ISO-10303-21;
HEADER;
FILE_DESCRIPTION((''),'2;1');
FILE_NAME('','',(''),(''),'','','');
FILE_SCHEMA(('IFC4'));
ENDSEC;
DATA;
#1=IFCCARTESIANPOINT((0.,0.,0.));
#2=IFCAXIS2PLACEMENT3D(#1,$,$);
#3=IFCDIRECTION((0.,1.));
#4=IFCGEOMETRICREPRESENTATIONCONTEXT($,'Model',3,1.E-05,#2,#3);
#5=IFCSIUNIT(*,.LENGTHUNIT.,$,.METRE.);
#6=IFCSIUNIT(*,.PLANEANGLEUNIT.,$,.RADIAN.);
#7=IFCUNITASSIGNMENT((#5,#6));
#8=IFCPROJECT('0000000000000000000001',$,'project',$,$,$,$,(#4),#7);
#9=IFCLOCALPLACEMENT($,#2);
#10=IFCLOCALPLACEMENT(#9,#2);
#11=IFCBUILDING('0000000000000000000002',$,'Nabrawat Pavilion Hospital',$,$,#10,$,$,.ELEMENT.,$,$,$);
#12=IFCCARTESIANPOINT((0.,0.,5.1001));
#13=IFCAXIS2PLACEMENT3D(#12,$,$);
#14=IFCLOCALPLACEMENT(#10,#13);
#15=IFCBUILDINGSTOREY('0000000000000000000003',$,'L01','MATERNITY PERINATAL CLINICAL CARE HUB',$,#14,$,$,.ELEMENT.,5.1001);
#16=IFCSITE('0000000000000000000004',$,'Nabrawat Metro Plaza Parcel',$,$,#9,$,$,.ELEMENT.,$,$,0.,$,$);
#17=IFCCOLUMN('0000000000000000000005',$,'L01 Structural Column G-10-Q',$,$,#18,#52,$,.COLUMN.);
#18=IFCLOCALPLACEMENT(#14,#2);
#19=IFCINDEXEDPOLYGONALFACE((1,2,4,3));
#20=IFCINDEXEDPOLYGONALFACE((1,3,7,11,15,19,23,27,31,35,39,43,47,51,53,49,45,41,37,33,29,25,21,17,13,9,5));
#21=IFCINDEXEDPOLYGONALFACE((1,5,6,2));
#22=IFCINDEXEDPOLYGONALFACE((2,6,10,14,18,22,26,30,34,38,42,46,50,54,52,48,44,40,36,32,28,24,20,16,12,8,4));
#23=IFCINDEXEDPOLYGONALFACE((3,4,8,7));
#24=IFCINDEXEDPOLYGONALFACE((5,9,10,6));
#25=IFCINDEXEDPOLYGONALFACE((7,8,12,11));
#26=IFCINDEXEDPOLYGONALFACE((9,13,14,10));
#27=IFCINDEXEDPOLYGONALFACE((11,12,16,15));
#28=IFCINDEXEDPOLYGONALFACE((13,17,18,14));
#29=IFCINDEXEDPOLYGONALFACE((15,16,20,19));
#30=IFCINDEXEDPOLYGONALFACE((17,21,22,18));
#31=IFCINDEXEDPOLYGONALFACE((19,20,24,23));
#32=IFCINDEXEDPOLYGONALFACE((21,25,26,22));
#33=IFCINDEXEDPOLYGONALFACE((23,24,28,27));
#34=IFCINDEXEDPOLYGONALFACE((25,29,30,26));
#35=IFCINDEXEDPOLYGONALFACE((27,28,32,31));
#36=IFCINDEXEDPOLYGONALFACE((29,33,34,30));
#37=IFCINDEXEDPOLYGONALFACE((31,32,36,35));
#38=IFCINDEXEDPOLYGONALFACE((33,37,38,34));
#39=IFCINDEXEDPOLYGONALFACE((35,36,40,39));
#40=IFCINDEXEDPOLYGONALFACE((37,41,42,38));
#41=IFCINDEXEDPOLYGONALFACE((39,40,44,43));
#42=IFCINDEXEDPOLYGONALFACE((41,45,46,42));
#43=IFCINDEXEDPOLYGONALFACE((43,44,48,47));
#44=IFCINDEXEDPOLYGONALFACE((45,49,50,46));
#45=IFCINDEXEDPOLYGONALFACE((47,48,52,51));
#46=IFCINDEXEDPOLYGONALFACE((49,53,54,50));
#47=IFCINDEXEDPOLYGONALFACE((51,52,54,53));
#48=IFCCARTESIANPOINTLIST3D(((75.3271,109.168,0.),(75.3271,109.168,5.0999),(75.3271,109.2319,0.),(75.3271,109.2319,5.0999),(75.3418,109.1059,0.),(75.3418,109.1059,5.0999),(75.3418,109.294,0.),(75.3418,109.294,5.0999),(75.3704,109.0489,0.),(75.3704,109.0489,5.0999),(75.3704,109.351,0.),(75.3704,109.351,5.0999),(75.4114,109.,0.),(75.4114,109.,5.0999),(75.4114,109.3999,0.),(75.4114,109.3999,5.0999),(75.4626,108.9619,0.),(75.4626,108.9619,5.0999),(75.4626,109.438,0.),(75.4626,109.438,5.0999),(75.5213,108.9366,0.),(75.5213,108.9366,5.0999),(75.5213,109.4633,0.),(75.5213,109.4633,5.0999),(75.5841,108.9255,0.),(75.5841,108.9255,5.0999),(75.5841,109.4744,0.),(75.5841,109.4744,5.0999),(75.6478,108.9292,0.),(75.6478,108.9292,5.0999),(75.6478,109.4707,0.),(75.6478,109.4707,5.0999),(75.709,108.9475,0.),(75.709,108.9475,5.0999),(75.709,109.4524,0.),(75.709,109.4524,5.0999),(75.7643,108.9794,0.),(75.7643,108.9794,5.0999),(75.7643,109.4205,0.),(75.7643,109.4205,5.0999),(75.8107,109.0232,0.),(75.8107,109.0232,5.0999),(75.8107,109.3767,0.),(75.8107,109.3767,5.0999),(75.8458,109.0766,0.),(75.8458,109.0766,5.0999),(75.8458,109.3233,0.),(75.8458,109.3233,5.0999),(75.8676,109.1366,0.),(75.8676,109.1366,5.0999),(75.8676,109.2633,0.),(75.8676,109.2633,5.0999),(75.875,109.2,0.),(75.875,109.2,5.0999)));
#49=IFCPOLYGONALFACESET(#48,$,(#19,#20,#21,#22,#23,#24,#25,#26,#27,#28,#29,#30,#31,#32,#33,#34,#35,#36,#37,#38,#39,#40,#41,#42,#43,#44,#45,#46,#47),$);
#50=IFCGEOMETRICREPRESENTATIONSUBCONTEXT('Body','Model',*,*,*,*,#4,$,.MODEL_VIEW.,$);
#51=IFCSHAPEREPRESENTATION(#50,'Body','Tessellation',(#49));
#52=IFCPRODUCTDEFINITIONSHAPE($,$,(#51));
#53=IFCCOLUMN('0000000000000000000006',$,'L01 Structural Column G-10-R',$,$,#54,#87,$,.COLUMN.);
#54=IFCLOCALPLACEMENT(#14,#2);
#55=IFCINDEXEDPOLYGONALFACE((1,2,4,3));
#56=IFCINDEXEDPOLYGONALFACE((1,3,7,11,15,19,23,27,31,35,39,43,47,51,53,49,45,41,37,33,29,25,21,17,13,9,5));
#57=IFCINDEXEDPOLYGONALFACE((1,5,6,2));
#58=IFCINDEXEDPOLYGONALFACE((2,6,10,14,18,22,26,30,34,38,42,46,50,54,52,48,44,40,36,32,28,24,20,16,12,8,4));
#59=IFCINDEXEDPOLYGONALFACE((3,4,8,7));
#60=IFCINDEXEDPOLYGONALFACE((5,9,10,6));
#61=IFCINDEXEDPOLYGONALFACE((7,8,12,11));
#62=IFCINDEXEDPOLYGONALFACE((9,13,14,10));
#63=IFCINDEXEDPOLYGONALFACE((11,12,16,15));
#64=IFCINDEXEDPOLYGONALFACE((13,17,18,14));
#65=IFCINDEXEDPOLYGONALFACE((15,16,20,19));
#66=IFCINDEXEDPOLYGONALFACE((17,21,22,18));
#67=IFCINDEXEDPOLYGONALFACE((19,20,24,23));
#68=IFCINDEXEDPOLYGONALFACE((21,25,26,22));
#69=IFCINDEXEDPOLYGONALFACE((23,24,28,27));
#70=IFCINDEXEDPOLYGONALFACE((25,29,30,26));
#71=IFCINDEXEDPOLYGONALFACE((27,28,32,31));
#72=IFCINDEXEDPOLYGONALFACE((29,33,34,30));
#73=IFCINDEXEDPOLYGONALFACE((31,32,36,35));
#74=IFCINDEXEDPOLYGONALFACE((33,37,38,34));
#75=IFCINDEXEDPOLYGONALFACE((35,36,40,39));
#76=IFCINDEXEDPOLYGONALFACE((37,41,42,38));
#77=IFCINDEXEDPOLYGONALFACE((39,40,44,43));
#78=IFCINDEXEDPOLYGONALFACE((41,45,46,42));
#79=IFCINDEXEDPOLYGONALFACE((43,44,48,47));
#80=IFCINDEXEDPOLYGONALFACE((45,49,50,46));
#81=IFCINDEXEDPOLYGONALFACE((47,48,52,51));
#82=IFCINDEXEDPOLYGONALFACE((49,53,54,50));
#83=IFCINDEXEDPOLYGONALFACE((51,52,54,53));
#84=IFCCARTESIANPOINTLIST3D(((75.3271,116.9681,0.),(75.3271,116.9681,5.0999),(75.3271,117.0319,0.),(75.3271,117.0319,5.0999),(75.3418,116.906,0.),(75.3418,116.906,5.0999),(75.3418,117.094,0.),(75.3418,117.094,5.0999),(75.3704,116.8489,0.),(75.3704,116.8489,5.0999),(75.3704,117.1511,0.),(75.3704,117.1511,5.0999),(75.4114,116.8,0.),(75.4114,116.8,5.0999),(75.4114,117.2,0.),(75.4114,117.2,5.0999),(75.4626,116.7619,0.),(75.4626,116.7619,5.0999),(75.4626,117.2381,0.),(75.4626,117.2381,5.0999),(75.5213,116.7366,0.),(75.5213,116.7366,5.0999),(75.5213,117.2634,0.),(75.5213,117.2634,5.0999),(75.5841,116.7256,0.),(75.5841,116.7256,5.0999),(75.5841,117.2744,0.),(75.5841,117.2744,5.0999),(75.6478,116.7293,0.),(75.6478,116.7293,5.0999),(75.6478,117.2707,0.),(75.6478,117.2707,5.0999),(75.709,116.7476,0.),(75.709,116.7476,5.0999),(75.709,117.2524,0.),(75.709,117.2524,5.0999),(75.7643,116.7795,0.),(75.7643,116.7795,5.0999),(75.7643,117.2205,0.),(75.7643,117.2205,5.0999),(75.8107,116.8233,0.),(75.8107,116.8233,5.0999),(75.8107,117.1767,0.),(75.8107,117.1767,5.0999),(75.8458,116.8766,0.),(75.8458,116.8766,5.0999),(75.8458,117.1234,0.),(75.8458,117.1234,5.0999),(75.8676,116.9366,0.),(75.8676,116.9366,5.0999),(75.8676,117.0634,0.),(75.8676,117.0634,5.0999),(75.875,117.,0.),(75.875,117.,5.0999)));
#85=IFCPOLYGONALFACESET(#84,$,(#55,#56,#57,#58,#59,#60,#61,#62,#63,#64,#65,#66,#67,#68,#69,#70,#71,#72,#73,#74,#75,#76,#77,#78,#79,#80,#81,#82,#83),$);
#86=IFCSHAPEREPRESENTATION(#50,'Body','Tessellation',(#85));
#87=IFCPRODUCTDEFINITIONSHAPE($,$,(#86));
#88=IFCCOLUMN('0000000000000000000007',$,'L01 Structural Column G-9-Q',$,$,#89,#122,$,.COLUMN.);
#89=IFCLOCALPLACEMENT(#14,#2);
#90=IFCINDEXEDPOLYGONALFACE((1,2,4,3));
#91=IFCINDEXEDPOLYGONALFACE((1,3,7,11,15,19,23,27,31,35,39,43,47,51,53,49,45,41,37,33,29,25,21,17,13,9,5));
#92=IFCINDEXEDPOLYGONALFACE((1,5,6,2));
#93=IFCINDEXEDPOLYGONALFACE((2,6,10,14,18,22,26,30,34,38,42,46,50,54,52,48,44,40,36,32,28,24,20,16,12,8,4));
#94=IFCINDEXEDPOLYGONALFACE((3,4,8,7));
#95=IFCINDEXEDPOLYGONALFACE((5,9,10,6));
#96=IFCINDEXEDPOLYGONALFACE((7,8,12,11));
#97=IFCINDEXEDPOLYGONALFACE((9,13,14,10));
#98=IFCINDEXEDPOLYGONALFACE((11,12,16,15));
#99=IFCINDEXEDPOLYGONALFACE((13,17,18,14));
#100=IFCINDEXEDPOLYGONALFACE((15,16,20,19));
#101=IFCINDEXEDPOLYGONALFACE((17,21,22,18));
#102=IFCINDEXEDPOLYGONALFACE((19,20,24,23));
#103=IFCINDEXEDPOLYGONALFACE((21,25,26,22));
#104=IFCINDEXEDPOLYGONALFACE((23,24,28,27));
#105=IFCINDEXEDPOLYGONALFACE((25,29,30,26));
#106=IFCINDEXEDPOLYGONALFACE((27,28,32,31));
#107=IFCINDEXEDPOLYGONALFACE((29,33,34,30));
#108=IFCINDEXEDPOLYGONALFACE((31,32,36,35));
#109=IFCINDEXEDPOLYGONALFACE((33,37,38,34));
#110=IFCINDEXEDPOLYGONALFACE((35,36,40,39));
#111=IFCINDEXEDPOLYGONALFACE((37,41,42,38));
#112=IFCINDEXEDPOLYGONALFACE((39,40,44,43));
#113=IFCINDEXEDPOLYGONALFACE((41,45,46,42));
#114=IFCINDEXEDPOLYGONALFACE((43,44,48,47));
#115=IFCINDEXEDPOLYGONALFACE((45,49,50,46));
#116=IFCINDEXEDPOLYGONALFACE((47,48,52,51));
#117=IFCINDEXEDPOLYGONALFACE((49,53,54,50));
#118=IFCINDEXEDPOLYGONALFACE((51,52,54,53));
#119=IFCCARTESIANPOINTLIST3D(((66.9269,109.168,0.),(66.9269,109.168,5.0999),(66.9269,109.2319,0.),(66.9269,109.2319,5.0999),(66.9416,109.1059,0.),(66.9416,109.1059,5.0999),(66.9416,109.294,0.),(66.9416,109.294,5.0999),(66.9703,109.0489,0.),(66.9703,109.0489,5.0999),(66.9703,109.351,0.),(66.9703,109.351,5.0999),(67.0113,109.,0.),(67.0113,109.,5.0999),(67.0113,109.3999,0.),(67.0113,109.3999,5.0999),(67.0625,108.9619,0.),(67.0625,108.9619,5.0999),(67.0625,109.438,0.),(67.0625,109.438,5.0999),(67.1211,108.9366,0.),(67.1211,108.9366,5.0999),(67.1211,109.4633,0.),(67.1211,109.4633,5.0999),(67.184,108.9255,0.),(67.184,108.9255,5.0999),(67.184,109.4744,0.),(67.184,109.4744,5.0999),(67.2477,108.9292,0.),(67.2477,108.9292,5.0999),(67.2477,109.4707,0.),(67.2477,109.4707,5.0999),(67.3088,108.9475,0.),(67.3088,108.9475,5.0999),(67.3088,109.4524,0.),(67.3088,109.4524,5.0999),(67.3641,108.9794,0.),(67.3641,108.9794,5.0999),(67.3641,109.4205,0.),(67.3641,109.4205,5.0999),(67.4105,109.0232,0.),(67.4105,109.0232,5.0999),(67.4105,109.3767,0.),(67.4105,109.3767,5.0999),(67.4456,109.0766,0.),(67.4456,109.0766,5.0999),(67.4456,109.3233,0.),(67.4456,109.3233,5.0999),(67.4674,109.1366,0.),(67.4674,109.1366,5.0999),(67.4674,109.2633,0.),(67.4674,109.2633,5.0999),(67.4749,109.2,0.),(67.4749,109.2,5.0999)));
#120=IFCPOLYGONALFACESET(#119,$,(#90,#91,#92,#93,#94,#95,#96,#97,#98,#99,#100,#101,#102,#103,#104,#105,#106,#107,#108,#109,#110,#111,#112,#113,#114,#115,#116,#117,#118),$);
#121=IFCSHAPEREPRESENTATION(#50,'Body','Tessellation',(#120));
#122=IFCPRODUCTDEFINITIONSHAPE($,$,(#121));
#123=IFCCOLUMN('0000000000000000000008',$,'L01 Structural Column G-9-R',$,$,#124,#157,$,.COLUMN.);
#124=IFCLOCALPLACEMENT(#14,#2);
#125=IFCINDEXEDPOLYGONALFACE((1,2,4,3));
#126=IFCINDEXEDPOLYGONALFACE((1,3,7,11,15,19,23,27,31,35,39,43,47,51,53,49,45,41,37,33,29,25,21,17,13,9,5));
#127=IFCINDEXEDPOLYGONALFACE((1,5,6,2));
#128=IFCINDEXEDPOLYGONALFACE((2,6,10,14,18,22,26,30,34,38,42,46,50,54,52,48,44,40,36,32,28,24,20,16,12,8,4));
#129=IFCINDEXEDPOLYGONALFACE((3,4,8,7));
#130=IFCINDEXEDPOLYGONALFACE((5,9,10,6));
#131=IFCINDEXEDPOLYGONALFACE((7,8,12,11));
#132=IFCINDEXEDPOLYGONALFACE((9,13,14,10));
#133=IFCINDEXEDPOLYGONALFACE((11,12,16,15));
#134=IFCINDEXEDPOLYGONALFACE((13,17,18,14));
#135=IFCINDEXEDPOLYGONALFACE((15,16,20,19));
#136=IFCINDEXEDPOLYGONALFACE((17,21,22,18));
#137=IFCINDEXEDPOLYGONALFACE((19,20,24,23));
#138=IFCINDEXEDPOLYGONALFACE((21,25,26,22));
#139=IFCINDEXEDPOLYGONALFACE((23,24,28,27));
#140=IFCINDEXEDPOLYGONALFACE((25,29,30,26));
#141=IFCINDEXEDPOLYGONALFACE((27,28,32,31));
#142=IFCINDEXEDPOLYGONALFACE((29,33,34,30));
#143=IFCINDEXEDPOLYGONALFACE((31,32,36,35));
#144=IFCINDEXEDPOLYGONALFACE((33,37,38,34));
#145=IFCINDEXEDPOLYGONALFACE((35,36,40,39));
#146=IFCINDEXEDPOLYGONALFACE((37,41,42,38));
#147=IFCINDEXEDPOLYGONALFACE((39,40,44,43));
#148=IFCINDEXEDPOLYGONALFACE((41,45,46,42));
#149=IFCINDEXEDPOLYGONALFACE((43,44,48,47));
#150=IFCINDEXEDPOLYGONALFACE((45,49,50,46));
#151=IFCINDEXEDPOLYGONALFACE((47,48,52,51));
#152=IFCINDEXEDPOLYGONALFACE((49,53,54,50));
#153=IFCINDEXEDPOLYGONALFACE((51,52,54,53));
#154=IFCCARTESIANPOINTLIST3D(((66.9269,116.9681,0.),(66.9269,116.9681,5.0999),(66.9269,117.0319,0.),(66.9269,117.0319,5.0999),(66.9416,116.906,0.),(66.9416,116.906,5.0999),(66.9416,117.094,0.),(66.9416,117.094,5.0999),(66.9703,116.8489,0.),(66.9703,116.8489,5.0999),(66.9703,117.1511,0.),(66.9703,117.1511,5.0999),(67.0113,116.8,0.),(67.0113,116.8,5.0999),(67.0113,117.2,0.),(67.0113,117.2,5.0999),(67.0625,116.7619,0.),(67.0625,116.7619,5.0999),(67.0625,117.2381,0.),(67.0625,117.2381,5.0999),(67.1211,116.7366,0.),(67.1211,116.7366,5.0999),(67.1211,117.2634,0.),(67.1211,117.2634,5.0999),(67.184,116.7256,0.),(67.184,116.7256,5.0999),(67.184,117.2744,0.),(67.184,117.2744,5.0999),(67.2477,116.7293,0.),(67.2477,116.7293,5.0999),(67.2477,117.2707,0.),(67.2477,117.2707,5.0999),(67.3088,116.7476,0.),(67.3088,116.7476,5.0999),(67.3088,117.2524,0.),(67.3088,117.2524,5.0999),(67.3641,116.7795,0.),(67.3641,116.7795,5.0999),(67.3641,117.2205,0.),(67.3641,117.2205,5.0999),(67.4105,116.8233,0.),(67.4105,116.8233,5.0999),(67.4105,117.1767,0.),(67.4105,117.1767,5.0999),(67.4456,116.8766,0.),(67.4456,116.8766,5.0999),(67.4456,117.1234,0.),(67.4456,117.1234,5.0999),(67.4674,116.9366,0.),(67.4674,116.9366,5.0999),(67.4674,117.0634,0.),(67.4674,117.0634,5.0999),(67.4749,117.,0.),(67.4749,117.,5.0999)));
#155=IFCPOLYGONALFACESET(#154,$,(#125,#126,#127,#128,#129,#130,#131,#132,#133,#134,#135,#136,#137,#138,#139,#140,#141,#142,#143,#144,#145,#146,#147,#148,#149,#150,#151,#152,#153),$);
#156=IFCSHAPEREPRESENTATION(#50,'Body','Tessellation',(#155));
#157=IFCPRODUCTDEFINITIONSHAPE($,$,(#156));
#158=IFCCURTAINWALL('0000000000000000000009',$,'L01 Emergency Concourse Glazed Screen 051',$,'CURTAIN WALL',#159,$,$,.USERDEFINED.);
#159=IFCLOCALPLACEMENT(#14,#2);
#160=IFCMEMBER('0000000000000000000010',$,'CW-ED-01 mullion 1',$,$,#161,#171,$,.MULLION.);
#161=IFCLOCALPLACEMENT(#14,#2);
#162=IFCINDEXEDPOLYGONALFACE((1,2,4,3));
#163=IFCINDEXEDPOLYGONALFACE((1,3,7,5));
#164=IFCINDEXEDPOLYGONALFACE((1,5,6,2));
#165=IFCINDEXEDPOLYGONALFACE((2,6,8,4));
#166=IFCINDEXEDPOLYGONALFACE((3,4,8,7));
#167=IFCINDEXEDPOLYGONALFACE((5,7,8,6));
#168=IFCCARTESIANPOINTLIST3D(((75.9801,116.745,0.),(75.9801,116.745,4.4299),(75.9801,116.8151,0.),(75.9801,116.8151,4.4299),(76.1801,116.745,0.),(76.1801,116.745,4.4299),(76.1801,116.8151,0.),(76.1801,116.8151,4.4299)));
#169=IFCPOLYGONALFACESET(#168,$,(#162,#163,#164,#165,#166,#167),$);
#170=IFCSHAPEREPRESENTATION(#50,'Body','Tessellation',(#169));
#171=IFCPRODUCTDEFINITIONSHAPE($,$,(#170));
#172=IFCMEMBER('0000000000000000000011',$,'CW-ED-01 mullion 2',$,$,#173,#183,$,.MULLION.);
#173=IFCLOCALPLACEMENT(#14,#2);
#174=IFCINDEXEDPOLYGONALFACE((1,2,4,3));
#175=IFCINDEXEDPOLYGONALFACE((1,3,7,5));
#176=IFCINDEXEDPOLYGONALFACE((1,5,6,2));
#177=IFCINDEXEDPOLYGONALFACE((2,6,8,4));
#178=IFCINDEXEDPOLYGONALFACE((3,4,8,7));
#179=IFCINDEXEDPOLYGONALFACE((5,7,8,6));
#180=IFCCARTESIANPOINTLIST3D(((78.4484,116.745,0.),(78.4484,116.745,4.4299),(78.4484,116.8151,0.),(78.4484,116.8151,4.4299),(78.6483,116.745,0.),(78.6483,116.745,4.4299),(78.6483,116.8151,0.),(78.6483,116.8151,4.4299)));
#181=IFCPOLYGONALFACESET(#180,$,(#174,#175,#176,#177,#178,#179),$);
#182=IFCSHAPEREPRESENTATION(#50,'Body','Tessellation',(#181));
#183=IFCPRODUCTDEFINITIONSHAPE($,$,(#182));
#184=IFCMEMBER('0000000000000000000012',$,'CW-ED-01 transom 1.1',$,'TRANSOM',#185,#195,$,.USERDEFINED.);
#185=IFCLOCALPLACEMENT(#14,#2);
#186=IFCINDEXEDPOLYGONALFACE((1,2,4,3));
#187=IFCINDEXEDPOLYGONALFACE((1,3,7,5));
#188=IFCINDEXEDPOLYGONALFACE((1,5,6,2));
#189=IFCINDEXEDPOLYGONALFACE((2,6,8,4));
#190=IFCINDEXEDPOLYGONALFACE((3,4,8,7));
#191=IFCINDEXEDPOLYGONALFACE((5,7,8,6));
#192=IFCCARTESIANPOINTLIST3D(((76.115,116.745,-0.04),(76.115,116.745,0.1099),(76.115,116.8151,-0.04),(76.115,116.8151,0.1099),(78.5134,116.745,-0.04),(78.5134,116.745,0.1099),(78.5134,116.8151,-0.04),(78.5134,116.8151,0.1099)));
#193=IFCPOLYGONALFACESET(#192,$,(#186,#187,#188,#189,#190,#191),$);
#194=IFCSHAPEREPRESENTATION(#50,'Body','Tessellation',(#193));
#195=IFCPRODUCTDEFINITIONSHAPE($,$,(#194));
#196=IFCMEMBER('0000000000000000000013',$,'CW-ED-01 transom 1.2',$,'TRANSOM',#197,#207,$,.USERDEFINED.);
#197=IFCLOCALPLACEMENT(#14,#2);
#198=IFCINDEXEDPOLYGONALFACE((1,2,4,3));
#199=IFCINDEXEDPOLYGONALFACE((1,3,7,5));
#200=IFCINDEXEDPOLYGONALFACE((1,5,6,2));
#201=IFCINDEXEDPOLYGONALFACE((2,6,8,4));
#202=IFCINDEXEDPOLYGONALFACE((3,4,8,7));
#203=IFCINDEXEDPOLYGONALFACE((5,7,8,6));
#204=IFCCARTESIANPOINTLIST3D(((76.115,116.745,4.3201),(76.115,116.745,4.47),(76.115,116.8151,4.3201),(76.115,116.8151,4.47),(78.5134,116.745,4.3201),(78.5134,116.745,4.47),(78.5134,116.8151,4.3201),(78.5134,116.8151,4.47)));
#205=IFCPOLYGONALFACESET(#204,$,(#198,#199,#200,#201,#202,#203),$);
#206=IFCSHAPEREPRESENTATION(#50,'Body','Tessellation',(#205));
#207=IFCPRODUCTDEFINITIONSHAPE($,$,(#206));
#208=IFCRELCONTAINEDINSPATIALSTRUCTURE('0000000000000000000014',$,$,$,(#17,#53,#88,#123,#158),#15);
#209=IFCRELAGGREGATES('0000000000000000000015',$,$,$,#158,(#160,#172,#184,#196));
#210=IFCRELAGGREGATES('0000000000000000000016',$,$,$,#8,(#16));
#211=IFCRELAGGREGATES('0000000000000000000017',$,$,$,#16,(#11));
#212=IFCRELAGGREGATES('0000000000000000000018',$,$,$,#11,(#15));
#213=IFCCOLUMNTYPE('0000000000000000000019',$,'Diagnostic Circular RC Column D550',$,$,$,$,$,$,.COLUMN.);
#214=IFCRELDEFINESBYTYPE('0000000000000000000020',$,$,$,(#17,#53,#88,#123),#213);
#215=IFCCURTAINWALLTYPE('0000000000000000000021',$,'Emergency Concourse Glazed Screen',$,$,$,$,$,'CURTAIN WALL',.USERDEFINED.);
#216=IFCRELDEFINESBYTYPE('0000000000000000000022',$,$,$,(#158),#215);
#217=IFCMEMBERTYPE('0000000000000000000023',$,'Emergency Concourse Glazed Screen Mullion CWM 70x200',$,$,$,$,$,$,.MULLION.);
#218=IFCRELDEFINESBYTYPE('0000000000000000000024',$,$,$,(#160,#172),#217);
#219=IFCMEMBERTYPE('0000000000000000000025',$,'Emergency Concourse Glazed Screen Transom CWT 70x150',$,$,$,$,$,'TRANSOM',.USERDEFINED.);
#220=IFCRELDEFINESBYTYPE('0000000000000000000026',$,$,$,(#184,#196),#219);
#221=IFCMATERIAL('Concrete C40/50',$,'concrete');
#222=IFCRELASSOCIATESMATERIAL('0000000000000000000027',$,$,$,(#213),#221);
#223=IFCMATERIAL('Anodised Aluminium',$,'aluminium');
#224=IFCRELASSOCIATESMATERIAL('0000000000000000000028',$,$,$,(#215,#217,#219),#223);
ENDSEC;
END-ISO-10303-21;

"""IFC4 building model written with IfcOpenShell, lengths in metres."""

from ifc_helpers import new_model, si_unit, direction, frame, origin, origin_2d, place, context, subcontext, project, spatial, rectangle, circle, extrude, material, material_profile, profile_set, type_object, element, aggregate, save


model = new_model("IFC4")

# Units and contexts
model_context = context("Model", 3, precision=1e-05, world=origin(), true_north=direction((0.0, 1.0)))
body_context = subcontext(model_context, "Body", "Model", "MODEL_VIEW")
ifc_project = project(units=[si_unit("LENGTHUNIT", "METRE"), si_unit("PLANEANGLEUNIT", "RADIAN")], contexts=[model_context])

# Site, building, storey
site_placement = place(None, origin())
site = spatial("IfcSite", under=ifc_project, at=site_placement, Name="Nabrawat Metro Plaza Parcel", CompositionType="ELEMENT", RefElevation=0.0)
building_placement = place(site_placement, origin())
building = spatial("IfcBuilding", under=site, at=building_placement, Name="Nabrawat Pavilion Hospital", CompositionType="ELEMENT")
storey_placement = place(building_placement, frame((0.0, 0.0, 5.1001)))
storey = spatial("IfcBuildingStorey", under=building, at=storey_placement, Name="L01", Description="MATERNITY PERINATAL CLINICAL CARE HUB", CompositionType="ELEMENT", Elevation=5.1001)

# Columns
ifc_material_1 = material(Name="Concrete C40/50", Category="concrete")
ifc_material_profile_1 = material_profile(ifc_material_1, circle(Radius=0.2749, at=origin_2d()), Name="RC D550")
ifc_profile_set_1 = profile_set([ifc_material_profile_1], Name="Concrete C40/50")
column_type = type_object("IfcColumnType", Name="Diagnostic Circular RC Column D550", PredefinedType="COLUMN", material=ifc_profile_set_1)
for number, where, z_axis, x_axis, name in (
    (1, (75.6001, 109.2, 0.0), (0.0, 0.0, 1.0), (1.0, 0.0, 0.0), "L01 Structural Column G-10-Q"),
    (2, (75.6001, 117.0, 0.0), (0.0, 0.0, 1.0), (1.0, 0.0, 0.0), "L01 Structural Column G-10-R"),
    (3, (67.2, 109.2, 0.0), (0.0, 0.0, 1.0), (1.0, 0.0, 0.0), "L01 Structural Column G-9-Q"),
    (4, (67.2, 117.0, 0.0), (0.0, 0.0, 1.0), (1.0, 0.0, 0.0), "L01 Structural Column G-9-R"),
):
    element("IfcColumn", number, at=place(storey_placement, frame(where, z_axis=z_axis, x_axis=x_axis)), inside=storey, type_object=column_type, Name=name, PredefinedType="COLUMN", context=body_context, shape_type="SweptSolid", body=[
        extrude(circle(Radius=0.2749, at=origin_2d()), origin(), (0.0, 0.0, 1.0), 5.0999),
    ])

# Curtain wall, members
ifc_material_2 = material(Name="Anodised Aluminium", Category="aluminium")
curtain_wall_type = type_object("IfcCurtainWallType", Name="Emergency Concourse Glazed Screen", ElementType="CURTAIN WALL", PredefinedType="USERDEFINED", material=ifc_material_2)
curtain_wall_placement = place(storey_placement, origin())
curtain_wall = element("IfcCurtainWall", 5, at=curtain_wall_placement, inside=storey, type_object=curtain_wall_type, Name="L01 Emergency Concourse Glazed Screen 051", ObjectType="CURTAIN WALL", PredefinedType="USERDEFINED")
ifc_material_profile_2 = material_profile(ifc_material_2, rectangle(XDim=0.0701, YDim=0.2, at=origin_2d()), Name="CWM 70x200")
ifc_profile_set_2 = profile_set([ifc_material_profile_2], Name="Anodised Aluminium")
member_type_1 = type_object("IfcMemberType", Name="Emergency Concourse Glazed Screen Mullion CWM 70x200", PredefinedType="MULLION", material=ifc_profile_set_2)
member_1_placement = place(storey_placement, frame((76.0801, 116.78, 0.0), z_axis=(0.0, 0.0, 1.0), x_axis=(0.0, 1.0, 0.0)))
member_1 = element("IfcMember", 6, at=member_1_placement, type_object=member_type_1, Name="CW-ED-01 mullion 1", PredefinedType="MULLION", context=body_context, shape_type="SweptSolid", body=[
    extrude(rectangle(XDim=0.0701, YDim=0.2, at=origin_2d()), origin(), (0.0, 0.0, 1.0), 4.4299),
])
member_2_placement = place(storey_placement, frame((78.5483, 116.78, 0.0), z_axis=(0.0, 0.0, 1.0), x_axis=(0.0, 1.0, 0.0)))
member_2 = element("IfcMember", 7, at=member_2_placement, type_object=member_type_1, Name="CW-ED-01 mullion 2", PredefinedType="MULLION", context=body_context, shape_type="SweptSolid", body=[
    extrude(rectangle(XDim=0.0701, YDim=0.2, at=origin_2d()), origin(), (0.0, 0.0, 1.0), 4.4299),
])
ifc_material_profile_3 = material_profile(ifc_material_2, rectangle(XDim=0.0701, YDim=0.1499, at=origin_2d()), Name="CWT 70x150")
ifc_profile_set_3 = profile_set([ifc_material_profile_3], Name="Anodised Aluminium")
member_type_2 = type_object("IfcMemberType", Name="Emergency Concourse Glazed Screen Transom CWT 70x150", ElementType="TRANSOM", PredefinedType="USERDEFINED", material=ifc_profile_set_3)
member_3_placement = place(storey_placement, frame((76.115, 116.78, 0.0349), z_axis=(1.0, 0.0, 0.0), x_axis=(0.0, 1.0, 0.0)))
member_3 = element("IfcMember", 8, at=member_3_placement, type_object=member_type_2, Name="CW-ED-01 transom 1.1", ObjectType="TRANSOM", PredefinedType="USERDEFINED", context=body_context, shape_type="SweptSolid", body=[
    extrude(rectangle(XDim=0.0701, YDim=0.1499, at=origin_2d()), origin(), (0.0, 0.0, 1.0), 2.3984),
])
member_4_placement = place(storey_placement, frame((76.115, 116.78, 4.395), z_axis=(1.0, 0.0, 0.0), x_axis=(0.0, 1.0, 0.0)))
member_4 = element("IfcMember", 9, at=member_4_placement, type_object=member_type_2, Name="CW-ED-01 transom 1.2", ObjectType="TRANSOM", PredefinedType="USERDEFINED", context=body_context, shape_type="SweptSolid", body=[
    extrude(rectangle(XDim=0.0701, YDim=0.1499, at=origin_2d()), origin(), (0.0, 0.0, 1.0), 2.3984),
])

aggregate(curtain_wall, [member_1, member_2, member_3, member_4])

save(model, "model.ifc")
